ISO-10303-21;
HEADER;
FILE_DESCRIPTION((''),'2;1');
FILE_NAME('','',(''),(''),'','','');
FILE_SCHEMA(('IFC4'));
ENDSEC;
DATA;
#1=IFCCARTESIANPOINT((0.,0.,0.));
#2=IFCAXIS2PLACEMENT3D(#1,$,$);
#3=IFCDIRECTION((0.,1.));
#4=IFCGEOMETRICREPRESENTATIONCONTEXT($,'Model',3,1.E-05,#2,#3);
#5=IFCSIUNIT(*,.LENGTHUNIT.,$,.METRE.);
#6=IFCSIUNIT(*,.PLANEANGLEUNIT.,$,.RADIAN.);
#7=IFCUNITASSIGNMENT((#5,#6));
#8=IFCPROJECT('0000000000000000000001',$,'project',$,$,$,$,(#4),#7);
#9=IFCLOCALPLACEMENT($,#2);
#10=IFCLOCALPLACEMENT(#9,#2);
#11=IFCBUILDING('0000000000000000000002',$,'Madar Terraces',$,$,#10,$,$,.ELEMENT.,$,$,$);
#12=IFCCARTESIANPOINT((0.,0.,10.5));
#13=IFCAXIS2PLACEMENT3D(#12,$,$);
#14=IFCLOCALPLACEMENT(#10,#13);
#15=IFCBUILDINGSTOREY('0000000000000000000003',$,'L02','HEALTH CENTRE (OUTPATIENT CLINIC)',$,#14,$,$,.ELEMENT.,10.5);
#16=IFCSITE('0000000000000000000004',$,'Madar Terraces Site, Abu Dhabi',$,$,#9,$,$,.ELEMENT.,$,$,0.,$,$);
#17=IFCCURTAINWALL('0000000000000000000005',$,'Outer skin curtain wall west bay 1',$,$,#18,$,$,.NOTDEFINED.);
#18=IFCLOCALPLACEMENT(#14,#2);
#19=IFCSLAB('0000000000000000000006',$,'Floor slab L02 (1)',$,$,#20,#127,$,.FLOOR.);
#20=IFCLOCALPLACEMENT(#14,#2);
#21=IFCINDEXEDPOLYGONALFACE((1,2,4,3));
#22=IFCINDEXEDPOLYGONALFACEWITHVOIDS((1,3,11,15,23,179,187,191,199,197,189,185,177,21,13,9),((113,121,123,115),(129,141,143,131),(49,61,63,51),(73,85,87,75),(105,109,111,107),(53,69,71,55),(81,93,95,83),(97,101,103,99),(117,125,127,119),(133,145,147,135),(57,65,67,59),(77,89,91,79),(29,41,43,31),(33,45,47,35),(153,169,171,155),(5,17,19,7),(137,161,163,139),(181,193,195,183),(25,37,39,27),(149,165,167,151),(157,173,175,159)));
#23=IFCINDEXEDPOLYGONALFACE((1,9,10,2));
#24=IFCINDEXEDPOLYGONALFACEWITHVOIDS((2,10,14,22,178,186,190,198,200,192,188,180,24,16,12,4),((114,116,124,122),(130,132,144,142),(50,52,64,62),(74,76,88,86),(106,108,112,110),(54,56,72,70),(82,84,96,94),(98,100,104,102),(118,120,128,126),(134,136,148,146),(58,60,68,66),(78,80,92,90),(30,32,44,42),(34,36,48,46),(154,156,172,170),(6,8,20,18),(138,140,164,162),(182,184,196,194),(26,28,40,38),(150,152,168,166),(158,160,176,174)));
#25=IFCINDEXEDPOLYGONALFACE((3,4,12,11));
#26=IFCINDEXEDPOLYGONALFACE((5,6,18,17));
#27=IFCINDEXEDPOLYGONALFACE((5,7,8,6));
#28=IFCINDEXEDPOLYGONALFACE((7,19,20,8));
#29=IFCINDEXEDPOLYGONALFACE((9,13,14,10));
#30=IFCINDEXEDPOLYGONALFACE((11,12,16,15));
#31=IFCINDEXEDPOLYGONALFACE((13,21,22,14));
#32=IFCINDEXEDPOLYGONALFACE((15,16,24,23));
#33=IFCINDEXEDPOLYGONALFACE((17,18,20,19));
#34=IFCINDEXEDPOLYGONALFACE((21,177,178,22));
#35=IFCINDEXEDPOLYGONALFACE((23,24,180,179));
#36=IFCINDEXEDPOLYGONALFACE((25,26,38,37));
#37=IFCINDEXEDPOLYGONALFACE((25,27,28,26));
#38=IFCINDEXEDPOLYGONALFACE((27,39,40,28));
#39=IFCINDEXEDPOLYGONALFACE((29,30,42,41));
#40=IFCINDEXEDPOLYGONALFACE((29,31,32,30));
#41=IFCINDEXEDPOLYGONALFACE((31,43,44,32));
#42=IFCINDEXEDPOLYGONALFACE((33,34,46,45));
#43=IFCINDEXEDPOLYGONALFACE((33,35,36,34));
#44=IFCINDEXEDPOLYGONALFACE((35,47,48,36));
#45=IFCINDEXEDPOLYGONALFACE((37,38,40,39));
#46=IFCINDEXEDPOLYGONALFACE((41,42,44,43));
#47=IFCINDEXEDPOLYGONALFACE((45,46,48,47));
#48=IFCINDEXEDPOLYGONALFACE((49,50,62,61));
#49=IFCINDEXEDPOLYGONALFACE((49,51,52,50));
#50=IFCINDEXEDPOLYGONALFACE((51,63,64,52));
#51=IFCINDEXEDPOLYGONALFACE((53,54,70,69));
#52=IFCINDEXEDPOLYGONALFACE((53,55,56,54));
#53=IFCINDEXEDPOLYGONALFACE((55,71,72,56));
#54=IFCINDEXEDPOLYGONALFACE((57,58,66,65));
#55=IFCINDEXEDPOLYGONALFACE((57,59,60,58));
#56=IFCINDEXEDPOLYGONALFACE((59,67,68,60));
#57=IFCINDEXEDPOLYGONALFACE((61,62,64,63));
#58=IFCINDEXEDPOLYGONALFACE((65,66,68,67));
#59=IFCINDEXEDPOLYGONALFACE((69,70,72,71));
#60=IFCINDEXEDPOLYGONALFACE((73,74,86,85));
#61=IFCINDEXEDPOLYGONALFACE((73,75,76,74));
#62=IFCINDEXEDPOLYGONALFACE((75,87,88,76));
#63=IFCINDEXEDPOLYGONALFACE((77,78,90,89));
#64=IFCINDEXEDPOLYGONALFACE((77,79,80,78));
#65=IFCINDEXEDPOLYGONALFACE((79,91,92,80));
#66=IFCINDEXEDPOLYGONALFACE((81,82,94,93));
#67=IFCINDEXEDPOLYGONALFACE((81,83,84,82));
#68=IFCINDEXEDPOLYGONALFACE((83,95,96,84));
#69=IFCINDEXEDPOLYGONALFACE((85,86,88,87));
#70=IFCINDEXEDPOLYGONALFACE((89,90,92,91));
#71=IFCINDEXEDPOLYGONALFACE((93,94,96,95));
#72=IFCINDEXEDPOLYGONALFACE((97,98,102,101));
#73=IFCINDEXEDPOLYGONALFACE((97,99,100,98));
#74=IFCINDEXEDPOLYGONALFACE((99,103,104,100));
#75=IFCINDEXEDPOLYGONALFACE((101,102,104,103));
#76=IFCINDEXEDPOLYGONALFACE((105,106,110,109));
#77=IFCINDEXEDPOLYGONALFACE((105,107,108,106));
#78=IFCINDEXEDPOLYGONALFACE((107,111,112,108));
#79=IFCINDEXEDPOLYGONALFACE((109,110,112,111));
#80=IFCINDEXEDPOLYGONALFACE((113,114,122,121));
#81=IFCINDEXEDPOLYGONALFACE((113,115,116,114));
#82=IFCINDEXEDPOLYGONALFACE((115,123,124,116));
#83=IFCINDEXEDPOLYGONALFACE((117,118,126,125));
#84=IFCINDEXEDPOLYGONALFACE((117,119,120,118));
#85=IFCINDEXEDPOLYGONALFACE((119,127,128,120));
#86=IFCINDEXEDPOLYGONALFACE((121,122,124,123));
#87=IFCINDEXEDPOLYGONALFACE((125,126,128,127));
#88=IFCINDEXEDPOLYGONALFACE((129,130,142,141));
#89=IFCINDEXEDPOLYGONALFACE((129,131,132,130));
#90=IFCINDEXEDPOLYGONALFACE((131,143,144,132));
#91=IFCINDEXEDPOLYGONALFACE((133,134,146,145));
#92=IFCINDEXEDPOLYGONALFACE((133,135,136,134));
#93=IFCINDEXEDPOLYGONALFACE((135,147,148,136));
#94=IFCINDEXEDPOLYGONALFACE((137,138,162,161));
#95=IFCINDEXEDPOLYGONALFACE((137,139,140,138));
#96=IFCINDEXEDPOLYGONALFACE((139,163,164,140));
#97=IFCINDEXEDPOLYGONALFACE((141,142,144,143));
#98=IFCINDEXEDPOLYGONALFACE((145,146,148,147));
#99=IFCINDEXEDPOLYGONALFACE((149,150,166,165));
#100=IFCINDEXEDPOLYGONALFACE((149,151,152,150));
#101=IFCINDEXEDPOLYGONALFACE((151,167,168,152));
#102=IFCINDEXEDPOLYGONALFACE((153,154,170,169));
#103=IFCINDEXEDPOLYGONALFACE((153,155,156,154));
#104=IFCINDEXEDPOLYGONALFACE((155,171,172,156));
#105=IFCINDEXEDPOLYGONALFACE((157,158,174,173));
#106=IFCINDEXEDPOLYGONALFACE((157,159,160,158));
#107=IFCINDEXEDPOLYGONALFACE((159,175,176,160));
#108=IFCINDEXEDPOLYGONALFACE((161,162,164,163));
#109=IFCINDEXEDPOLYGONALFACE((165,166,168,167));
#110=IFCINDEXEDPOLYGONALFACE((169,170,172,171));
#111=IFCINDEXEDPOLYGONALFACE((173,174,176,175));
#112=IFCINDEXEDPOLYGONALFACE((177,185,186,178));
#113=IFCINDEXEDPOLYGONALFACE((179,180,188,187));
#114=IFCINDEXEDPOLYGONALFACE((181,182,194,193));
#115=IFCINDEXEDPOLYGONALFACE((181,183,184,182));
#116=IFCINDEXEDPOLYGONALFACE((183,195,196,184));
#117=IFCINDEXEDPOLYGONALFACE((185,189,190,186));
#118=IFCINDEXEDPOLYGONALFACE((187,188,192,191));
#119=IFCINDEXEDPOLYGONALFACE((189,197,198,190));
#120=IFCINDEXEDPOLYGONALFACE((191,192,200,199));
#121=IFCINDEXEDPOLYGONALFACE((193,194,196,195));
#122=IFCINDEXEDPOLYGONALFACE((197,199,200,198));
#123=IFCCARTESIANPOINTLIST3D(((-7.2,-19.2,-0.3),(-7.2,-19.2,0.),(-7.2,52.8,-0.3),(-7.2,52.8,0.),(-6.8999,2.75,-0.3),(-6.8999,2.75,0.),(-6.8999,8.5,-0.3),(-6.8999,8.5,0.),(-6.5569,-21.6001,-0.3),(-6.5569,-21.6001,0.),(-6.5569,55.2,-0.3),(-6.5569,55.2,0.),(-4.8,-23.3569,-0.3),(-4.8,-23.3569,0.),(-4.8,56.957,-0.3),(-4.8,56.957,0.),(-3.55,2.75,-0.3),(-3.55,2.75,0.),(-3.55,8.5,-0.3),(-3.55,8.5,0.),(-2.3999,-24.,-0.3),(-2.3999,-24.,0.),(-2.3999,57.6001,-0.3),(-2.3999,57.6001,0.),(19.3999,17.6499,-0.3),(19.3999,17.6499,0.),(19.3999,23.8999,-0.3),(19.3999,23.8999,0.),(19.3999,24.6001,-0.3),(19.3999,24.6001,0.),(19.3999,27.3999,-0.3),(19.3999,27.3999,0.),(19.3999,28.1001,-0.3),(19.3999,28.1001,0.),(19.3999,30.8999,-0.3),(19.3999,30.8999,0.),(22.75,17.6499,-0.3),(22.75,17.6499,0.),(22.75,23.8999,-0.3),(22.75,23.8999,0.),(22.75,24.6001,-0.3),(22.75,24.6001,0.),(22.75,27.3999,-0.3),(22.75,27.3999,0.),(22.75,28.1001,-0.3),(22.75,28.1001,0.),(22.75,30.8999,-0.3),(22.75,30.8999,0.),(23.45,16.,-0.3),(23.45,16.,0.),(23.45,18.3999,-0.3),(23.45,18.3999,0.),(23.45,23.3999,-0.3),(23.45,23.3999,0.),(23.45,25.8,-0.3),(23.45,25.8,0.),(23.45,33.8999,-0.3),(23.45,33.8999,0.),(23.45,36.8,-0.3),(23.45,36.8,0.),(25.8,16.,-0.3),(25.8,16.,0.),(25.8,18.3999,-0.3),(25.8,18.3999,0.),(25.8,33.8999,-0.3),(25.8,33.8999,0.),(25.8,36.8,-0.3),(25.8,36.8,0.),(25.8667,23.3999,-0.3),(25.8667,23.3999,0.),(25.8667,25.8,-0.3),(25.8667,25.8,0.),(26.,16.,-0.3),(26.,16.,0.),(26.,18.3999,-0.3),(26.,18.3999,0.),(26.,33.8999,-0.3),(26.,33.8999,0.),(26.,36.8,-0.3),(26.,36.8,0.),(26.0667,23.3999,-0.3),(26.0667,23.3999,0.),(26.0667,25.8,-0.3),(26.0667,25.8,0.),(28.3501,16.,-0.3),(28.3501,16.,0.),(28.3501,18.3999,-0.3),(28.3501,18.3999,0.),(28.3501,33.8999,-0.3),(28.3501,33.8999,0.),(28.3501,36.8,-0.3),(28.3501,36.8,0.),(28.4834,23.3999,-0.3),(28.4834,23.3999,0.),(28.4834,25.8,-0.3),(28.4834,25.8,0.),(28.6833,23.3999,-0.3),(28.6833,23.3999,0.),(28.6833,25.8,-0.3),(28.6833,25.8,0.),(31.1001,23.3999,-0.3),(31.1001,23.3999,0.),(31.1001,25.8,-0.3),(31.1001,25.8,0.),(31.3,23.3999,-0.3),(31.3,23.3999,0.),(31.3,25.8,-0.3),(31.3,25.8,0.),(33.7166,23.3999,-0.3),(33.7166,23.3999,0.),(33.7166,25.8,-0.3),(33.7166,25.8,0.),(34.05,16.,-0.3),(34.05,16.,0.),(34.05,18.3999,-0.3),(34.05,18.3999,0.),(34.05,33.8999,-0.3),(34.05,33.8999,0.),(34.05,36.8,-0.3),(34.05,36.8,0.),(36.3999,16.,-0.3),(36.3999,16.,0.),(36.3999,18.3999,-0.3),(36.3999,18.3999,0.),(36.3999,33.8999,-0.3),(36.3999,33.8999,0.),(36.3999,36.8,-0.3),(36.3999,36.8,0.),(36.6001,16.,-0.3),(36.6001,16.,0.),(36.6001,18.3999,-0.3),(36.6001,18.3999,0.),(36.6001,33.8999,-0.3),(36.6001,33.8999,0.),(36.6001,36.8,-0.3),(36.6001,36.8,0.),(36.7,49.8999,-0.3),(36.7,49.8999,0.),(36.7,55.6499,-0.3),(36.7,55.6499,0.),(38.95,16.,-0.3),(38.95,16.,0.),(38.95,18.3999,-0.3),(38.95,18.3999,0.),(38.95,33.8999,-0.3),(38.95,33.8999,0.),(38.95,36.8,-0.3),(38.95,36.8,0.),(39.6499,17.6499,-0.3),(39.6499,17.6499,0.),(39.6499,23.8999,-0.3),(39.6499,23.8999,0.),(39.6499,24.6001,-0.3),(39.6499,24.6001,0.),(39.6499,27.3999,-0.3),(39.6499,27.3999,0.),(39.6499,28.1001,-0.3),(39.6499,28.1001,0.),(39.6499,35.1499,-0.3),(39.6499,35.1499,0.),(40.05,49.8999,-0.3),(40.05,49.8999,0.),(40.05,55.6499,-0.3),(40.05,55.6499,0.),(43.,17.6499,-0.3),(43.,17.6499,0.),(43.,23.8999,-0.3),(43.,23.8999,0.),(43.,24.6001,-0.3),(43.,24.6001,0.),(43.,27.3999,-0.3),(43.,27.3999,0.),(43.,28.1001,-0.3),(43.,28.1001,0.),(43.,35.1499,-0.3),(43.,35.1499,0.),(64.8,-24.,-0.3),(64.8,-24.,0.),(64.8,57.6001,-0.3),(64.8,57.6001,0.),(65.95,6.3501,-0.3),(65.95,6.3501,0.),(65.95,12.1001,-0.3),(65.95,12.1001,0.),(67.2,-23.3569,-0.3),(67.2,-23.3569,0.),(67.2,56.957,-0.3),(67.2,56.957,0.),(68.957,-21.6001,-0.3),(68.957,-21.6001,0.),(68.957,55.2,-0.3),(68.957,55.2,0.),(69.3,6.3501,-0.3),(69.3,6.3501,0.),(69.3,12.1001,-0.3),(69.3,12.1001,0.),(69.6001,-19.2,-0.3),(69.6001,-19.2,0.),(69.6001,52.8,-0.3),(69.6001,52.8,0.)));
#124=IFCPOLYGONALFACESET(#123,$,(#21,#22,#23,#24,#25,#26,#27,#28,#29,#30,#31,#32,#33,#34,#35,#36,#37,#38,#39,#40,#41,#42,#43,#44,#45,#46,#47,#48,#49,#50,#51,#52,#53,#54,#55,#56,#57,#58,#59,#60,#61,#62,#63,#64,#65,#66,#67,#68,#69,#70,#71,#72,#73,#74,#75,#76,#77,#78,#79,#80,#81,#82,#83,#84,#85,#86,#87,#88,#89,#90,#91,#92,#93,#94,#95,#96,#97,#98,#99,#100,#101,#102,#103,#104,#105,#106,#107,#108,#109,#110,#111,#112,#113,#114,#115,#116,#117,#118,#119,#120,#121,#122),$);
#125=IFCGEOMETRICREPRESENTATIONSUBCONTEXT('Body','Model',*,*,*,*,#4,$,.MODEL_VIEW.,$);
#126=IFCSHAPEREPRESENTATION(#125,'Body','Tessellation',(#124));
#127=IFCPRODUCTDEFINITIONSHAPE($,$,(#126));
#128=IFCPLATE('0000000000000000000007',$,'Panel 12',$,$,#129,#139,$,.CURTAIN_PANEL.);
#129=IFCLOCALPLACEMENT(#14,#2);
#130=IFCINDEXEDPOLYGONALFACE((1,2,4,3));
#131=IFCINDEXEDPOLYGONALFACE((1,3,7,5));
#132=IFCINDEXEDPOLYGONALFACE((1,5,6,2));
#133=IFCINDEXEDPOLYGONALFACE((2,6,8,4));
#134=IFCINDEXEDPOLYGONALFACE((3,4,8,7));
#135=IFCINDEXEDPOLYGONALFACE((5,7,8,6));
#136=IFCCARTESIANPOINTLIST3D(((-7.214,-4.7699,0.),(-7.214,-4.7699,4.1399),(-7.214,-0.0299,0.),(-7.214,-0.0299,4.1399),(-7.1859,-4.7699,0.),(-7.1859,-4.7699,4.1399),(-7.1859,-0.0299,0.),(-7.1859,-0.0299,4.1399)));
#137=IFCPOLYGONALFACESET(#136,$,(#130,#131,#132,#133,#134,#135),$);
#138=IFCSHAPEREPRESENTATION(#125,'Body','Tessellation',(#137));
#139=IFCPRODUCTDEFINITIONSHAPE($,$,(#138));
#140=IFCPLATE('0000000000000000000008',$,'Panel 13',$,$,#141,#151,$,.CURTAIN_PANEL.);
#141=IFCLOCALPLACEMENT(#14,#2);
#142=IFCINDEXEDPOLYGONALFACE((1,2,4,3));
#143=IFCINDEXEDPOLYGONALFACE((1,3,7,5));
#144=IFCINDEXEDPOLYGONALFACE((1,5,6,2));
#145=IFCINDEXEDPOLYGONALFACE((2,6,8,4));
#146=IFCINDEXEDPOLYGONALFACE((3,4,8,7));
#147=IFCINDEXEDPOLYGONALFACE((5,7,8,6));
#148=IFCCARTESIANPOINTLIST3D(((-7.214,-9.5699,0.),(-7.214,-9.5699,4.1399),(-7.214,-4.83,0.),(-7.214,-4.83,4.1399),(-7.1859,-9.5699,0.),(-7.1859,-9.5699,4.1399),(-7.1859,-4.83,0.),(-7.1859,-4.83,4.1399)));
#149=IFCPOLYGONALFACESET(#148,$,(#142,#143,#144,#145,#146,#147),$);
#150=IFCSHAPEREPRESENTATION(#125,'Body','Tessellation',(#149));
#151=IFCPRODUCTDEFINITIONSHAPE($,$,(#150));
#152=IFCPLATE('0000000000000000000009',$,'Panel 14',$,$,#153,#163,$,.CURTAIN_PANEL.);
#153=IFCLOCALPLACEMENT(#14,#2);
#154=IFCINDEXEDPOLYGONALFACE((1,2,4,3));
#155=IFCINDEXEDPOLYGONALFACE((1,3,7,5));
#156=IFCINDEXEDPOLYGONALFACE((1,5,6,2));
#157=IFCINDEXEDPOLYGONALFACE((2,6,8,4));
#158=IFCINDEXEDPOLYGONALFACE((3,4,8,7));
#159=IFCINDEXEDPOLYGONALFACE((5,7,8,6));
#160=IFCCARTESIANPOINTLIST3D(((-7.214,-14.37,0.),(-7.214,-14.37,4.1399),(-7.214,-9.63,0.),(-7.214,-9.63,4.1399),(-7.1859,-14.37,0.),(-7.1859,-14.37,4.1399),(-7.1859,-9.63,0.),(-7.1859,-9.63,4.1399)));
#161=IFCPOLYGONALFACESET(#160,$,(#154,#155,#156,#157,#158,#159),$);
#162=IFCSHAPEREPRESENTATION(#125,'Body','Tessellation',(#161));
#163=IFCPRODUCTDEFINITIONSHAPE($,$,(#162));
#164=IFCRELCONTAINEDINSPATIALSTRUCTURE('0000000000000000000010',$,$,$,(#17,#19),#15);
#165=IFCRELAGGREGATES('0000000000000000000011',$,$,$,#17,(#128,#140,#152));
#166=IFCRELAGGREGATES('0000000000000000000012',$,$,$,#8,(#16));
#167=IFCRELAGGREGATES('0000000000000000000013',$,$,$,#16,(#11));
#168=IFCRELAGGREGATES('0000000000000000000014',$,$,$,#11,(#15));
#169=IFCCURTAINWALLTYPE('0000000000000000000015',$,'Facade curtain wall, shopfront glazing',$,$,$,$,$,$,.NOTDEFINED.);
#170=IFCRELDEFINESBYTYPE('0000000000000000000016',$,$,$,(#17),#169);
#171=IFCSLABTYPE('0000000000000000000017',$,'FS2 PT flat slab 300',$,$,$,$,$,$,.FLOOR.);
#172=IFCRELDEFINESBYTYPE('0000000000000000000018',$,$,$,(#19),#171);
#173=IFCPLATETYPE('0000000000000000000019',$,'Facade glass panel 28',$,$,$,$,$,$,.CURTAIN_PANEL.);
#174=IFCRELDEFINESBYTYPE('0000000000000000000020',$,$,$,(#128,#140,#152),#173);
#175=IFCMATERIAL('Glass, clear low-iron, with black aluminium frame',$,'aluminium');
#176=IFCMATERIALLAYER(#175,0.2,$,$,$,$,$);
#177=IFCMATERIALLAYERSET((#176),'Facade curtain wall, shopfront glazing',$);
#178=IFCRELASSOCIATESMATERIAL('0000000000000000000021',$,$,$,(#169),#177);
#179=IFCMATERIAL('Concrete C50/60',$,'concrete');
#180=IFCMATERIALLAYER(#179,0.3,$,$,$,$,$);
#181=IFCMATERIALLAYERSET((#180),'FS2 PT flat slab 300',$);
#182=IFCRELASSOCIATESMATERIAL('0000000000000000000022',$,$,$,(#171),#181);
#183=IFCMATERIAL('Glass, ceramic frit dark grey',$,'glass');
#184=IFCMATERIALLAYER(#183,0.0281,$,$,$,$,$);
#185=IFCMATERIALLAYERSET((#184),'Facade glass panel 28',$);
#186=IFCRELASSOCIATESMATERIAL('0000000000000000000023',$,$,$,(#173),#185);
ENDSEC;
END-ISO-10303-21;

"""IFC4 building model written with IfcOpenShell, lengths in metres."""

from ifc_helpers import new_model, si_unit, direction, frame, origin, origin_2d, place, context, subcontext, project, spatial, polyline, rectangle, outline, extrude, material, layer, layer_set, type_object, element, aggregate, save


model = new_model("IFC4")

# Units and contexts
model_context = context("Model", 3, precision=1e-05, world=origin(), true_north=direction((0.0, 1.0)))
body_context = subcontext(model_context, "Body", "Model", "MODEL_VIEW")
ifc_project = project(units=[si_unit("LENGTHUNIT", "METRE"), si_unit("PLANEANGLEUNIT", "RADIAN")], contexts=[model_context])

# Site, building, storey
site_placement = place(None, origin())
site = spatial("IfcSite", under=ifc_project, at=site_placement, Name="Madar Terraces Site, Abu Dhabi", CompositionType="ELEMENT", RefElevation=0.0)
building_placement = place(site_placement, origin())
building = spatial("IfcBuilding", under=site, at=building_placement, Name="Madar Terraces", CompositionType="ELEMENT")
storey_placement = place(building_placement, frame((0.0, 0.0, 10.5)))
storey = spatial("IfcBuildingStorey", under=building, at=storey_placement, Name="L02", Description="HEALTH CENTRE (OUTPATIENT CLINIC)", CompositionType="ELEMENT", Elevation=10.5)

# Curtain wall
ifc_material_1 = material(Name="Glass, clear low-iron, with black aluminium frame", Category="aluminium")
ifc_layer_1 = layer(ifc_material_1, 0.2)
ifc_layer_set_1 = layer_set([ifc_layer_1], Name="Facade curtain wall, shopfront glazing")
curtain_wall_type = type_object("IfcCurtainWallType", Name="Facade curtain wall, shopfront glazing", PredefinedType="NOTDEFINED", material=ifc_layer_set_1)
curtain_wall_placement = place(storey_placement, origin())
curtain_wall = element("IfcCurtainWall", 1, at=curtain_wall_placement, inside=storey, type_object=curtain_wall_type, Name="Outer skin curtain wall west bay 1", PredefinedType="NOTDEFINED")

# Slab
ifc_material_2 = material(Name="Concrete C50/60", Category="concrete")
ifc_layer_2 = layer(ifc_material_2, 0.3)
ifc_layer_set_2 = layer_set([ifc_layer_2], Name="FS2 PT flat slab 300")
slab_type_1 = type_object("IfcSlabType", Name="FS2 PT flat slab 300", PredefinedType="FLOOR", material=ifc_layer_set_2)
slab_1_placement = place(storey_placement, frame((0.0, 0.0, -0.3)))
element("IfcSlab", 2, at=slab_1_placement, inside=storey, type_object=slab_type_1, Name="Floor slab L02 (1)", PredefinedType="FLOOR", context=body_context, shape_type="SweptSolid", body=[
    extrude(outline(polyline([(64.8, -24.0), (67.2, -23.3569), (68.957, -21.6001), (69.6001, -19.2), (69.6001, 52.8), (68.957, 55.2), (67.2, 56.957), (64.8, 57.6001), (-2.3999, 57.6001), (-4.8, 56.957), (-6.5569, 55.2), (-7.2, 52.8), (-7.2, -19.2), (-6.5569, -21.6001), (-4.8, -23.3569), (-2.3999, -24.0), (64.8, -24.0)]), holes=[polyline([(-6.8999, 2.75), (-6.8999, 8.5), (-3.55, 8.5), (-3.55, 2.75), (-6.8999, 2.75)]), polyline([(23.45, 16.0), (23.45, 18.3999), (25.8, 18.3999), (25.8, 16.0), (23.45, 16.0)]), polyline([(26.0, 16.0), (26.0, 18.3999), (28.3501, 18.3999), (28.3501, 16.0), (26.0, 16.0)]), polyline([(19.3999, 23.8999), (22.75, 23.8999), (22.75, 17.6499), (19.3999, 17.6499), (19.3999, 23.8999)]), polyline([(23.45, 25.8), (25.8667, 25.8), (25.8667, 23.3999), (23.45, 23.3999), (23.45, 25.8)]), polyline([(26.0667, 23.3999), (26.0667, 25.8), (28.4834, 25.8), (28.4834, 23.3999), (26.0667, 23.3999)]), polyline([(28.6833, 23.3999), (28.6833, 25.8), (31.1001, 25.8), (31.1001, 23.3999), (28.6833, 23.3999)]), polyline([(19.3999, 24.6001), (19.3999, 27.3999), (22.75, 27.3999), (22.75, 24.6001), (19.3999, 24.6001)]), polyline([(19.3999, 30.8999), (22.75, 30.8999), (22.75, 28.1001), (19.3999, 28.1001), (19.3999, 30.8999)]), polyline([(23.45, 36.8), (25.8, 36.8), (25.8, 33.8999), (23.45, 33.8999), (23.45, 36.8)]), polyline([(26.0, 33.8999), (26.0, 36.8), (28.3501, 36.8), (28.3501, 33.8999), (26.0, 33.8999)]), polyline([(65.95, 6.3501), (65.95, 12.1001), (69.3, 12.1001), (69.3, 6.3501), (65.95, 6.3501)]), polyline([(34.05, 16.0), (34.05, 18.3999), (36.3999, 18.3999), (36.3999, 16.0), (34.05, 16.0)]), polyline([(36.6001, 18.3999), (38.95, 18.3999), (38.95, 16.0), (36.6001, 16.0), (36.6001, 18.3999)]), polyline([(39.6499, 23.8999), (43.0, 23.8999), (43.0, 17.6499), (39.6499, 17.6499), (39.6499, 23.8999)]), polyline([(31.3, 23.3999), (31.3, 25.8), (33.7166, 25.8), (33.7166, 23.3999), (31.3, 23.3999)]), polyline([(39.6499, 27.3999), (43.0, 27.3999), (43.0, 24.6001), (39.6499, 24.6001), (39.6499, 27.3999)]), polyline([(39.6499, 35.1499), (43.0, 35.1499), (43.0, 28.1001), (39.6499, 28.1001), (39.6499, 35.1499)]), polyline([(34.05, 33.8999), (34.05, 36.8), (36.3999, 36.8), (36.3999, 33.8999), (34.05, 33.8999)]), polyline([(36.6001, 36.8), (38.95, 36.8), (38.95, 33.8999), (36.6001, 33.8999), (36.6001, 36.8)]), polyline([(36.7, 55.6499), (40.05, 55.6499), (40.05, 49.8999), (36.7, 49.8999), (36.7, 55.6499)])]), origin(), (0.0, 0.0, 1.0), 0.3),
])

# Plates
ifc_material_3 = material(Name="Glass, ceramic frit dark grey", Category="glass")
ifc_layer_3 = layer(ifc_material_3, 0.0281)
ifc_layer_set_3 = layer_set([ifc_layer_3], Name="Facade glass panel 28")
plate_type = type_object("IfcPlateType", Name="Facade glass panel 28", PredefinedType="CURTAIN_PANEL", material=ifc_layer_set_3)
plate_1_placement = place(storey_placement, frame((-7.2, -2.3999, 0.0), z_axis=(0.0, 0.0, 1.0), x_axis=(0.0, -1.0, 0.0)))
plate_1 = element("IfcPlate", 3, at=plate_1_placement, type_object=plate_type, Name="Panel 12", PredefinedType="CURTAIN_PANEL", context=body_context, shape_type="SweptSolid", body=[
    extrude(rectangle(XDim=4.74, YDim=0.0281, at=origin_2d()), origin(), (0.0, 0.0, 1.0), 4.1399),
])
plate_2_placement = place(storey_placement, frame((-7.2, -7.2, 0.0), z_axis=(0.0, 0.0, 1.0), x_axis=(0.0, -1.0, 0.0)))
plate_2 = element("IfcPlate", 4, at=plate_2_placement, type_object=plate_type, Name="Panel 13", PredefinedType="CURTAIN_PANEL", context=body_context, shape_type="SweptSolid", body=[
    extrude(rectangle(XDim=4.74, YDim=0.0281, at=origin_2d()), origin(), (0.0, 0.0, 1.0), 4.1399),
])
plate_3_placement = place(storey_placement, frame((-7.2, -12.0, 0.0), z_axis=(0.0, 0.0, 1.0), x_axis=(0.0, -1.0, 0.0)))
plate_3 = element("IfcPlate", 5, at=plate_3_placement, type_object=plate_type, Name="Panel 14", PredefinedType="CURTAIN_PANEL", context=body_context, shape_type="SweptSolid", body=[
    extrude(rectangle(XDim=4.74, YDim=0.0281, at=origin_2d()), origin(), (0.0, 0.0, 1.0), 4.1399),
])
aggregate(curtain_wall, [plate_1, plate_2, plate_3])

save(model, "model.ifc")
